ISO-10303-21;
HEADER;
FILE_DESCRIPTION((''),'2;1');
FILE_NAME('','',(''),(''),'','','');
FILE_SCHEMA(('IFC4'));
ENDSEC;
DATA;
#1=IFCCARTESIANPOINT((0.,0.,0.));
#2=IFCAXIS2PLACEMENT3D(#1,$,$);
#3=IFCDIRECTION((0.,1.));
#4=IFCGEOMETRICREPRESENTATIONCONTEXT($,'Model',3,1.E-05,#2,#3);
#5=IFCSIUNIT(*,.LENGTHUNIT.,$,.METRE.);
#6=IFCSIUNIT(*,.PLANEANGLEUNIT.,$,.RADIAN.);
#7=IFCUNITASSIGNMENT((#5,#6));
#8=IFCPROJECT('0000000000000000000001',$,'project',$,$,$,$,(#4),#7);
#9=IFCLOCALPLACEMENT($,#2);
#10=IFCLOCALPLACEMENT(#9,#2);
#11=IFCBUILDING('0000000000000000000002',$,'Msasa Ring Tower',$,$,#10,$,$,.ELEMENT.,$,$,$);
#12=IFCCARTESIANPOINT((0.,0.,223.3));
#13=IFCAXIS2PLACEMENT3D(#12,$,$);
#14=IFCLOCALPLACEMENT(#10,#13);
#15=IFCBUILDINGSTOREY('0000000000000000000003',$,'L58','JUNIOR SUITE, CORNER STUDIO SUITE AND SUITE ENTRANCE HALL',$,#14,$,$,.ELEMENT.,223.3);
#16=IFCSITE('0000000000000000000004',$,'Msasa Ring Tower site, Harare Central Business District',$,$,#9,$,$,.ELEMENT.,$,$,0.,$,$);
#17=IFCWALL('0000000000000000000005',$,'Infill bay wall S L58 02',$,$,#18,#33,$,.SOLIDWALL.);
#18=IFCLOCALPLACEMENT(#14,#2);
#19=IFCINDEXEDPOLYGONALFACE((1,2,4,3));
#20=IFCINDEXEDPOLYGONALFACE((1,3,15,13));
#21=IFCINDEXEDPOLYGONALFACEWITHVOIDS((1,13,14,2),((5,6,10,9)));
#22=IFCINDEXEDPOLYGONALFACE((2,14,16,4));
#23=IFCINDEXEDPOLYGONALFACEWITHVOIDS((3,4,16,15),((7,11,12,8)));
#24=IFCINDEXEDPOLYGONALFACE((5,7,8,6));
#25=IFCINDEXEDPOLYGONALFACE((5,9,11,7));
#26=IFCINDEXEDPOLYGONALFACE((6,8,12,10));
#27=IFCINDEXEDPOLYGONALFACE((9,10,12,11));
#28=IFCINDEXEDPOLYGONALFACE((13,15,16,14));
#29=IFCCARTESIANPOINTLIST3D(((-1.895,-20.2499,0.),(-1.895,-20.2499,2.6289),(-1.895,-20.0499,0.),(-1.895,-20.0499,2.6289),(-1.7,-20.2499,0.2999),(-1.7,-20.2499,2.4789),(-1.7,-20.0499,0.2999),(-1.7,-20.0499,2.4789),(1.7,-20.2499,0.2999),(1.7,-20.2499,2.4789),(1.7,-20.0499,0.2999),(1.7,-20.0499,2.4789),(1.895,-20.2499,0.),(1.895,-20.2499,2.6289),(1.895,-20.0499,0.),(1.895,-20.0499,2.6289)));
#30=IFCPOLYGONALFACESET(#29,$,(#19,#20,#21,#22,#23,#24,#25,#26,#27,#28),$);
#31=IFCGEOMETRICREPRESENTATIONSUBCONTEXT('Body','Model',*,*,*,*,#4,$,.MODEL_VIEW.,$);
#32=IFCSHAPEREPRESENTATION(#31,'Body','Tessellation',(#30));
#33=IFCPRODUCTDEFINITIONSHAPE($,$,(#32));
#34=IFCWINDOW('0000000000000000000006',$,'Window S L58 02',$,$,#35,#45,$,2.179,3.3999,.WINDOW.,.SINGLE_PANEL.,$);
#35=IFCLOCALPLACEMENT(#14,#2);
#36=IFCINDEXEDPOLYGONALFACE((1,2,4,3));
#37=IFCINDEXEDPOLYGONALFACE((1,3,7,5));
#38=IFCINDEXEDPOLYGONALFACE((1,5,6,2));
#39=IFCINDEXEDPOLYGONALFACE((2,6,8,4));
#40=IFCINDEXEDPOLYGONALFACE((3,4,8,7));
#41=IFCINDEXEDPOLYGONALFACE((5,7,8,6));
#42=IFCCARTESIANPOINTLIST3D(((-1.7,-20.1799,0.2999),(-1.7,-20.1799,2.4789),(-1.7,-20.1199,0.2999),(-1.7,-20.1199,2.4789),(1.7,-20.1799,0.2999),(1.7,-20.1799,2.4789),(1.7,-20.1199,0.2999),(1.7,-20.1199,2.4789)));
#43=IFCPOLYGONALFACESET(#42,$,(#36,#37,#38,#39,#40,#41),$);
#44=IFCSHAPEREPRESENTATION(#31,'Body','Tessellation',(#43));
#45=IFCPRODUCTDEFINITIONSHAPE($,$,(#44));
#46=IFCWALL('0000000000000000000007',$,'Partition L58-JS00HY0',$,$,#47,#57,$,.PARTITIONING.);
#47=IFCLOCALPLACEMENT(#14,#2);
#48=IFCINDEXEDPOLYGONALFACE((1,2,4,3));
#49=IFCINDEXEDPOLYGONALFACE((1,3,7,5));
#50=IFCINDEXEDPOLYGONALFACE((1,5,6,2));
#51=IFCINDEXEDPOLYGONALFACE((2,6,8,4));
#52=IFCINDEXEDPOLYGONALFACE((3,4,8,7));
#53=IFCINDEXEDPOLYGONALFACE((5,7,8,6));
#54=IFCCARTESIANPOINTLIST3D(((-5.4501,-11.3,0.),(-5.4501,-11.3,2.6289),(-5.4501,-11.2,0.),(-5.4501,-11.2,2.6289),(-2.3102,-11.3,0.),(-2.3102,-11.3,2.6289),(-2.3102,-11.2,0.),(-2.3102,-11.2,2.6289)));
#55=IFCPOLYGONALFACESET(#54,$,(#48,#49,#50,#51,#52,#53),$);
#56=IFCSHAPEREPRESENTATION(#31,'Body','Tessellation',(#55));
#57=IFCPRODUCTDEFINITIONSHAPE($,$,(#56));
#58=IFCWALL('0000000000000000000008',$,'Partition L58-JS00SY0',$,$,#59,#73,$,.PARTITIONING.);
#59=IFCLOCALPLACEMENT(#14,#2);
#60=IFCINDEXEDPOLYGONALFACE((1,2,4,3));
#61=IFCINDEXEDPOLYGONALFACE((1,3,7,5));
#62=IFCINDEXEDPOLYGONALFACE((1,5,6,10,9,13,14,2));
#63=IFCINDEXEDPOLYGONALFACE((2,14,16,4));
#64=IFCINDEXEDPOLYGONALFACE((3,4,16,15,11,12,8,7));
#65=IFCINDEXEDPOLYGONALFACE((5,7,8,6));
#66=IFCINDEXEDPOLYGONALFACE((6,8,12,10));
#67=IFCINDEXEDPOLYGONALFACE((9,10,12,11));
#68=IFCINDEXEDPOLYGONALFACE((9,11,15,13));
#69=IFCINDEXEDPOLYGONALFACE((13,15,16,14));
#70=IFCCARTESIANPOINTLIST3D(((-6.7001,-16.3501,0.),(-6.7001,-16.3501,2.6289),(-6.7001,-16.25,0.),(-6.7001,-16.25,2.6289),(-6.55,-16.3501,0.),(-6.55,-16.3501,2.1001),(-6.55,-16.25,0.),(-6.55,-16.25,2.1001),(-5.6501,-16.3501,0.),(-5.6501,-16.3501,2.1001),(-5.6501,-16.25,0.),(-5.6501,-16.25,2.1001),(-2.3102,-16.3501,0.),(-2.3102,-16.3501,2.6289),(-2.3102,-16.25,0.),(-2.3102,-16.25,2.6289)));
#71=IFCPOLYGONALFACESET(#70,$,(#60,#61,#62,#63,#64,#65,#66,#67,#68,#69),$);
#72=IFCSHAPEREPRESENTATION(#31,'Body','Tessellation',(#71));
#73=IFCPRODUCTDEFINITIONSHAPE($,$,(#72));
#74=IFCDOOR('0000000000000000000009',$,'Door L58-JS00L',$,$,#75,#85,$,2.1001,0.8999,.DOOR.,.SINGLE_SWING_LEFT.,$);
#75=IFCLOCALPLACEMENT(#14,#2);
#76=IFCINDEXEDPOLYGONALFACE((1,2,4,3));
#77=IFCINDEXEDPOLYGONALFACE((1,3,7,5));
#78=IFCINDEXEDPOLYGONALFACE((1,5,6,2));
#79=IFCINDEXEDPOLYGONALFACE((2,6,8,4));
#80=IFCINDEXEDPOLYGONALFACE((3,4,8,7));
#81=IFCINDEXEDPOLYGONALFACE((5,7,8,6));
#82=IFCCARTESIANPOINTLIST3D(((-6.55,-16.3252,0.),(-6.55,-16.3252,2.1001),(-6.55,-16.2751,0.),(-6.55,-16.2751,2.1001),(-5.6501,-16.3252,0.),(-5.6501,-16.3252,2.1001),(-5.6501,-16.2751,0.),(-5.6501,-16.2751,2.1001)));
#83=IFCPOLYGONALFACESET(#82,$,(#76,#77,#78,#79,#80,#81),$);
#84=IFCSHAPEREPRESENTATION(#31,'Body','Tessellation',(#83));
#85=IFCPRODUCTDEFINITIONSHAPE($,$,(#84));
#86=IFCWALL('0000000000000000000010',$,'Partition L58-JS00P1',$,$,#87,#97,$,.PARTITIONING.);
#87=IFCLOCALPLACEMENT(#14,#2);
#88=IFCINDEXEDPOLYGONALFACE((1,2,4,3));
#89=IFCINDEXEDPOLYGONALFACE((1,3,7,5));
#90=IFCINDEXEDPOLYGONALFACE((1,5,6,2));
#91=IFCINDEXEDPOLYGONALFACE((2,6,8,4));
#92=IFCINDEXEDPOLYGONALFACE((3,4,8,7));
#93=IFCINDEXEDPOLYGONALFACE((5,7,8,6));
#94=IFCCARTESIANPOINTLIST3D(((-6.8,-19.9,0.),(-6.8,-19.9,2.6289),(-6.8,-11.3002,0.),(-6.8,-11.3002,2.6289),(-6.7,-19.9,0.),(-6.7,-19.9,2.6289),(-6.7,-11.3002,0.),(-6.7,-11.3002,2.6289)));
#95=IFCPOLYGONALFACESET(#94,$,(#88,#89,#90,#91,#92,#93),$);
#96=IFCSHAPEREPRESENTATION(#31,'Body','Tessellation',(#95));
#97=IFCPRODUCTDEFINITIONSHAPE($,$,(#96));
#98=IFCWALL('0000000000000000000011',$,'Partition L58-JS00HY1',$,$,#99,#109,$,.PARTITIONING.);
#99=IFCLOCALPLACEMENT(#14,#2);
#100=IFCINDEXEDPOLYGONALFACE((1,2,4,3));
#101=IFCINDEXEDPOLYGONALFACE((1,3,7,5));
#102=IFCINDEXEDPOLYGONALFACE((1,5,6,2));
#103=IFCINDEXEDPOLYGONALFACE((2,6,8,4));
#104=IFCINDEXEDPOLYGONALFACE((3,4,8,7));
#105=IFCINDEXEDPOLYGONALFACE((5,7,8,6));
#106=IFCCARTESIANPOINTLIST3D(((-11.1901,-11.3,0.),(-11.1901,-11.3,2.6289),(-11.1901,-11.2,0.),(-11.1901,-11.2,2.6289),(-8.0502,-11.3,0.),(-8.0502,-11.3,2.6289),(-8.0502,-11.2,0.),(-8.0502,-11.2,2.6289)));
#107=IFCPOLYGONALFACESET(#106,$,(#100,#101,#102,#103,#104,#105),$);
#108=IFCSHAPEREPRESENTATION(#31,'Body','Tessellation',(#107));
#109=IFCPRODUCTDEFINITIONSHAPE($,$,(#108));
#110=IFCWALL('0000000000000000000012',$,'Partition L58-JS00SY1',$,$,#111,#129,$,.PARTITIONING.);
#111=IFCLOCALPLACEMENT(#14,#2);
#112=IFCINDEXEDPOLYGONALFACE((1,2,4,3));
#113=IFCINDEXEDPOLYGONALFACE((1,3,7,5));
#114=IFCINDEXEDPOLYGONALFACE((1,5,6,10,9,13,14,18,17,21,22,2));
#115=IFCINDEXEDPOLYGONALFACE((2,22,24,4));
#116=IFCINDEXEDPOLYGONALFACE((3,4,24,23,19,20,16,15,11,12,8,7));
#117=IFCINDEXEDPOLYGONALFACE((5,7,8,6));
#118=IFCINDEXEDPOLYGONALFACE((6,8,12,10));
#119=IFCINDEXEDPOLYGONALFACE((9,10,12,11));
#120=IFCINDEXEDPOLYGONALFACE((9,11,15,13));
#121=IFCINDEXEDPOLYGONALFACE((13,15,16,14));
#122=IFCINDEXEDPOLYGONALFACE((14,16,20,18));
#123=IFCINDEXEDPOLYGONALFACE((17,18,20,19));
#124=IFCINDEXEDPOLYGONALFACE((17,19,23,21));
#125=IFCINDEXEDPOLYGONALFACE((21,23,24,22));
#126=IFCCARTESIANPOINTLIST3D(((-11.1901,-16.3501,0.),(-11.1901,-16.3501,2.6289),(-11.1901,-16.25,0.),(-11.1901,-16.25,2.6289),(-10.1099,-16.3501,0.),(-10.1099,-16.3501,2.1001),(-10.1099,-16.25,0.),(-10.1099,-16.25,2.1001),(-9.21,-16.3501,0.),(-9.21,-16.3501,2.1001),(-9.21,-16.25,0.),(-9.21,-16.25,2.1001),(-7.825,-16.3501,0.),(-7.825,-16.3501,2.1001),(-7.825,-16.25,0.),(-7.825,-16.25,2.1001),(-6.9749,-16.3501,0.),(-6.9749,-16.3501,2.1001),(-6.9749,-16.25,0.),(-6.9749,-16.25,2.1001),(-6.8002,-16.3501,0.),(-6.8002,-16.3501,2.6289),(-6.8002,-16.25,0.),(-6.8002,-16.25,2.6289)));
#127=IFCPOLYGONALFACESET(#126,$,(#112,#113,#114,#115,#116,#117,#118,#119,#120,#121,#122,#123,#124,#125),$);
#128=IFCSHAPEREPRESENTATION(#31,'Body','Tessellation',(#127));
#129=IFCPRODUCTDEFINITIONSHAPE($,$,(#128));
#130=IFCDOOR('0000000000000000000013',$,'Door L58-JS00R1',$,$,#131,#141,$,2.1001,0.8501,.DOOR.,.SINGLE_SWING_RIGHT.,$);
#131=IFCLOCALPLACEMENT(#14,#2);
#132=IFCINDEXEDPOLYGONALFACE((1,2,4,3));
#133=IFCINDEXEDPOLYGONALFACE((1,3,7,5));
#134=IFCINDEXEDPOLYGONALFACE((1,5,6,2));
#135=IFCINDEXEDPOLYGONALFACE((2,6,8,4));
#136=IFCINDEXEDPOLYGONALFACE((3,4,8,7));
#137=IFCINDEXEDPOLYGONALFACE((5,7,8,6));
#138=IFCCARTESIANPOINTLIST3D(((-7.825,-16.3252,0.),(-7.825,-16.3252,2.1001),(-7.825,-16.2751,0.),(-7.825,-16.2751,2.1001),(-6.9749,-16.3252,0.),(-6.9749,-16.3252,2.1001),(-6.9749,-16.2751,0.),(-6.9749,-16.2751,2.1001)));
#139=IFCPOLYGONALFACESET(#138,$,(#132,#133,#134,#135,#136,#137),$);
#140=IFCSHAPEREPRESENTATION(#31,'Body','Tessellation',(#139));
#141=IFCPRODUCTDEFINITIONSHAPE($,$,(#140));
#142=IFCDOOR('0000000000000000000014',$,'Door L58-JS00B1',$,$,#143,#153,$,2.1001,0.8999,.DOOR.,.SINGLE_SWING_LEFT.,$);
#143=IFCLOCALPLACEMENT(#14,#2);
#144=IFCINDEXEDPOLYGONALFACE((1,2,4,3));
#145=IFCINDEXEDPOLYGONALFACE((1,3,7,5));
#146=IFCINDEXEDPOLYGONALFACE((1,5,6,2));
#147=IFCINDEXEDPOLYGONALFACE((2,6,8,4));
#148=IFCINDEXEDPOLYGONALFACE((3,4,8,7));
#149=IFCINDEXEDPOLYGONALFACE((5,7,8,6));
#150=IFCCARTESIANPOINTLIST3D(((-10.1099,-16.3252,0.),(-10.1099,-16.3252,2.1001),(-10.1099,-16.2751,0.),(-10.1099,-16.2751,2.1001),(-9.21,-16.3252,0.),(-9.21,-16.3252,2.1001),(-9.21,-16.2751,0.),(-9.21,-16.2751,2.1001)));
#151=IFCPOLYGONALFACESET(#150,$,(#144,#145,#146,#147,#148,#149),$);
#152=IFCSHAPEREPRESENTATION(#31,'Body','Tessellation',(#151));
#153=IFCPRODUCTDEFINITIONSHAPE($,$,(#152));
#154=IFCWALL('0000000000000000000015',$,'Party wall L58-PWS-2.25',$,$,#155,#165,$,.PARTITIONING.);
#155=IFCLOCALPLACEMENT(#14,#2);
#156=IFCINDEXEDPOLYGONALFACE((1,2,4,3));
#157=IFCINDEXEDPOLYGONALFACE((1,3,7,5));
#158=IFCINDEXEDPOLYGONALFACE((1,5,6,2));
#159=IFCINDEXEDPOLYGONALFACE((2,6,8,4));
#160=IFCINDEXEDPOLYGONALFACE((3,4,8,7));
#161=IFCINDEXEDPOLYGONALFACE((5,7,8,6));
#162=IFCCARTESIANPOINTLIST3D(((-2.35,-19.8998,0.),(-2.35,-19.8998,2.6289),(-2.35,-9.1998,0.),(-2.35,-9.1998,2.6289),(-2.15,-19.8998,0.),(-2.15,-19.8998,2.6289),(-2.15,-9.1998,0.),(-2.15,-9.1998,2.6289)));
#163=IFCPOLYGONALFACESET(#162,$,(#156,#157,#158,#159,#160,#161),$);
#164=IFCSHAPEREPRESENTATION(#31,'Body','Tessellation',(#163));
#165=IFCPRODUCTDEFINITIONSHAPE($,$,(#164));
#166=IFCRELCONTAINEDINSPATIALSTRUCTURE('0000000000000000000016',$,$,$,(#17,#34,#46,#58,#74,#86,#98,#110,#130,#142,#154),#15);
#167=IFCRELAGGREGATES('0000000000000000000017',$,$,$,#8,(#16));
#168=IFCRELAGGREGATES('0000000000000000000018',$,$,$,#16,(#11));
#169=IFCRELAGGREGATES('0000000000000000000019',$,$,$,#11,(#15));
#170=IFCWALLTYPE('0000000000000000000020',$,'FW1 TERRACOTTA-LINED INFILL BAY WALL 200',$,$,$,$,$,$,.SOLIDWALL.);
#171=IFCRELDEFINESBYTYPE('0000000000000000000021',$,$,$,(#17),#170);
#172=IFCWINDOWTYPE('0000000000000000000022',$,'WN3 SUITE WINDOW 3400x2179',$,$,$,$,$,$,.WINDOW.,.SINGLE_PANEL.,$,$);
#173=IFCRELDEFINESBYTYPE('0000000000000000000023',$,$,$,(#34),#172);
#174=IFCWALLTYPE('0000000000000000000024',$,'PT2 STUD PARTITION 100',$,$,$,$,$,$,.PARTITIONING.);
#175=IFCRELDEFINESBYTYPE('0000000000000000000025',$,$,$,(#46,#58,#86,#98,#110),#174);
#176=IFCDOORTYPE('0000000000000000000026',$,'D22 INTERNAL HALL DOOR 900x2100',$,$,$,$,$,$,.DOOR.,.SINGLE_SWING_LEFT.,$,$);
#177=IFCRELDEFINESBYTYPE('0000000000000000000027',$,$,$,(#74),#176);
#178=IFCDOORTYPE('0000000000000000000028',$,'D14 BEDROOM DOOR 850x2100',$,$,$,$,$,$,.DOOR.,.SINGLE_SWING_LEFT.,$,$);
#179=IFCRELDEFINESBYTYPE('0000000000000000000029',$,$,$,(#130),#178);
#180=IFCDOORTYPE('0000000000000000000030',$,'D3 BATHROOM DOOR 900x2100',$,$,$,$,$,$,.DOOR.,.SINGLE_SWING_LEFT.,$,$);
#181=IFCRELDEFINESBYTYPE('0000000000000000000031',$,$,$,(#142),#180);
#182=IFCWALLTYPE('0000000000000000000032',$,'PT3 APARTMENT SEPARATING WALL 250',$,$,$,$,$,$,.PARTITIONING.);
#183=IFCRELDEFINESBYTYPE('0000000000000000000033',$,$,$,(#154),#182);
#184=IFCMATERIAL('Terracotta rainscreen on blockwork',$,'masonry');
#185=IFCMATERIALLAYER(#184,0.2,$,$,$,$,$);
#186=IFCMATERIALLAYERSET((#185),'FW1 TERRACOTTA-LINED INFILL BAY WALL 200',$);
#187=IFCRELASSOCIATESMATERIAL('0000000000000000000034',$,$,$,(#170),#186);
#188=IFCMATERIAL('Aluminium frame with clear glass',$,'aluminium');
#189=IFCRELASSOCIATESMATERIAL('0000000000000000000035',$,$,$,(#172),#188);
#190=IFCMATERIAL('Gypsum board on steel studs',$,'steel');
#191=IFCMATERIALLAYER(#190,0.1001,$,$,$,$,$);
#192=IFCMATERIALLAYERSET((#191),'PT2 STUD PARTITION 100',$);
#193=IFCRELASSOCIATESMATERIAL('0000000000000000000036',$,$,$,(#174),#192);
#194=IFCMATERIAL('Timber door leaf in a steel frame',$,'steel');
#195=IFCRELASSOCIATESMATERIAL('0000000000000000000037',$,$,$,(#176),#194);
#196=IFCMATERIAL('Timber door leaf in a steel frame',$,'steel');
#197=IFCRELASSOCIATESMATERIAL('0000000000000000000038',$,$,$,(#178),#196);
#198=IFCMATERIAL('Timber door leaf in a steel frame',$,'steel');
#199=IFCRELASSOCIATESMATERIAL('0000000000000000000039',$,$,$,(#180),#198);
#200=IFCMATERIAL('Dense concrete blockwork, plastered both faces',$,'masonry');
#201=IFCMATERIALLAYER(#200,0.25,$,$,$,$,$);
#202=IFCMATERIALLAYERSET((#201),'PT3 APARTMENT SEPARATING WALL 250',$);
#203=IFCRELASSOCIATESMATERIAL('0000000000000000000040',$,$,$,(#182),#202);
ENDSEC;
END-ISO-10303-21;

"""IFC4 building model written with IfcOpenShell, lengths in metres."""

from ifc_helpers import new_model, si_unit, direction, frame, frame_2d, origin, place, context, subcontext, project, spatial, rectangle, extrude, material, layer, layer_set, type_object, element, fill, save


model = new_model("IFC4")

# Units and contexts
model_context = context("Model", 3, precision=1e-05, world=origin(), true_north=direction((0.0, 1.0)))
body_context = subcontext(model_context, "Body", "Model", "MODEL_VIEW")
ifc_project = project(units=[si_unit("LENGTHUNIT", "METRE"), si_unit("PLANEANGLEUNIT", "RADIAN")], contexts=[model_context])

# Site, building, storey
site_placement = place(None, origin())
site = spatial("IfcSite", under=ifc_project, at=site_placement, Name="Msasa Ring Tower site, Harare Central Business District", CompositionType="ELEMENT", RefElevation=0.0)
building_placement = place(site_placement, origin())
building = spatial("IfcBuilding", under=site, at=building_placement, Name="Msasa Ring Tower", CompositionType="ELEMENT")
storey_placement = place(building_placement, frame((0.0, 0.0, 223.3)))
storey = spatial("IfcBuildingStorey", under=building, at=storey_placement, Name="L58", Description="JUNIOR SUITE, CORNER STUDIO SUITE AND SUITE ENTRANCE HALL", CompositionType="ELEMENT", Elevation=223.3)

# Wall, opening, window
ifc_material_1 = material(Name="Terracotta rainscreen on blockwork", Category="masonry")
ifc_layer_1 = layer(ifc_material_1, 0.2)
ifc_layer_set_1 = layer_set([ifc_layer_1], Name="FW1 TERRACOTTA-LINED INFILL BAY WALL 200")
wall_type_1 = type_object("IfcWallType", Name="FW1 TERRACOTTA-LINED INFILL BAY WALL 200", PredefinedType="SOLIDWALL", material=ifc_layer_set_1)
ifc_material_2 = material(Name="Aluminium frame with clear glass", Category="aluminium")
window_type = type_object("IfcWindowType", Name="WN3 SUITE WINDOW 3400x2179", PartitioningType="SINGLE_PANEL", PredefinedType="WINDOW", material=ifc_material_2)
wall_1_placement = place(storey_placement, frame((-1.895, -20.1499, 0.0), z_axis=(0.0, 0.0, 1.0), x_axis=(1.0, 0.0, 0.0)))
wall_1 = element("IfcWall", 1, at=wall_1_placement, inside=storey, type_object=wall_type_1, Name="Infill bay wall S L58 02", PredefinedType="SOLIDWALL", context=body_context, shape_type="SweptSolid", body=[
    extrude(rectangle(XDim=3.79, YDim=0.2, at=frame_2d((1.895, 0.0))), origin(), (0.0, 0.0, 1.0), 2.6289),
])
opening_1_placement = place(wall_1_placement, frame((0.1951, 0.0, 0.3)))
opening_1 = element("IfcOpeningElement", 2, at=opening_1_placement, cuts=wall_1, PredefinedType="OPENING", context=body_context, shape_type="SweptSolid", body=[
    extrude(rectangle(XDim=3.3999, YDim=2.179, at=frame_2d((1.7, 1.0894))), frame((0.0, 0.1099, 0.0), z_axis=(0.0, -1.0, 0.0), x_axis=(1.0, 0.0, 0.0)), (0.0, 0.0, 1.0), 0.22),
])
window_1_placement = place(opening_1_placement, origin())
window_1 = element("IfcWindow", 3, at=window_1_placement, inside=storey, type_object=window_type, Name="Window S L58 02", OverallHeight=2.179, OverallWidth=3.3999, PartitioningType="SINGLE_PANEL", PredefinedType="WINDOW", context=body_context, shape_type="SweptSolid", body=[
    extrude(rectangle(XDim=3.3999, YDim=2.179, at=frame_2d((1.7, 1.0894))), frame((0.0, 0.03, 0.0), z_axis=(0.0, -1.0, 0.0), x_axis=(1.0, 0.0, 0.0)), (0.0, 0.0, 1.0), 0.0601),
])
fill(opening_1, window_1)

# Wall
ifc_material_3 = material(Name="Gypsum board on steel studs", Category="steel")
ifc_layer_2 = layer(ifc_material_3, 0.1001)
ifc_layer_set_2 = layer_set([ifc_layer_2], Name="PT2 STUD PARTITION 100")
wall_type_2 = type_object("IfcWallType", Name="PT2 STUD PARTITION 100", PredefinedType="PARTITIONING", material=ifc_layer_set_2)
wall_2_placement = place(storey_placement, frame((-5.45, -11.25, 0.0), z_axis=(0.0, 0.0, 1.0), x_axis=(1.0, 0.0, 0.0)))
element("IfcWall", 4, at=wall_2_placement, inside=storey, type_object=wall_type_2, Name="Partition L58-JS00HY0", PredefinedType="PARTITIONING", context=body_context, shape_type="SweptSolid", body=[
    extrude(rectangle(XDim=3.1399, YDim=0.1001, at=frame_2d((1.5698, 0.0))), origin(), (0.0, 0.0, 1.0), 2.6289),
])

# Wall, opening, door
wall_3_placement = place(storey_placement, frame((-6.7, -16.3, 0.0), z_axis=(0.0, 0.0, 1.0), x_axis=(1.0, 0.0, 0.0)))
wall_3 = element("IfcWall", 5, at=wall_3_placement, inside=storey, type_object=wall_type_2, Name="Partition L58-JS00SY0", PredefinedType="PARTITIONING", context=body_context, shape_type="SweptSolid", body=[
    extrude(rectangle(XDim=4.3899, YDim=0.1001, at=frame_2d((2.1948, 0.0))), origin(), (0.0, 0.0, 1.0), 2.6289),
])
opening_2_placement = place(wall_3_placement, frame((0.1499, 0.0, 0.0)))
opening_2 = element("IfcOpeningElement", 6, at=opening_2_placement, cuts=wall_3, PredefinedType="OPENING", context=body_context, shape_type="SweptSolid", body=[
    extrude(rectangle(XDim=0.8999, YDim=2.1001, at=frame_2d((0.45, 1.05))), frame((0.0, 0.0601, 0.0), z_axis=(0.0, -1.0, 0.0), x_axis=(1.0, 0.0, 0.0)), (0.0, 0.0, 1.0), 0.1201),
])
ifc_material_4 = material(Name="Timber door leaf in a steel frame", Category="steel")
door_type_1 = type_object("IfcDoorType", Name="D22 INTERNAL HALL DOOR 900x2100", OperationType="SINGLE_SWING_LEFT", PredefinedType="DOOR", material=ifc_material_4)
door_1_placement = place(opening_2_placement, origin())
door_1 = element("IfcDoor", 7, at=door_1_placement, inside=storey, type_object=door_type_1, Name="Door L58-JS00L", OperationType="SINGLE_SWING_LEFT", OverallHeight=2.1001, OverallWidth=0.8999, PredefinedType="DOOR", context=body_context, shape_type="SweptSolid", body=[
    extrude(rectangle(XDim=0.8999, YDim=2.1001, at=frame_2d((0.45, 1.05))), frame((0.0, 0.0249, 0.0), z_axis=(0.0, -1.0, 0.0), x_axis=(1.0, 0.0, 0.0)), (0.0, 0.0, 1.0), 0.05),
])
fill(opening_2, door_1)

# Walls
wall_4_placement = place(storey_placement, frame((-6.75, -19.8999, 0.0), z_axis=(0.0, 0.0, 1.0), x_axis=(0.0, 1.0, 0.0)))
element("IfcWall", 8, at=wall_4_placement, inside=storey, type_object=wall_type_2, Name="Partition L58-JS00P1", PredefinedType="PARTITIONING", context=body_context, shape_type="SweptSolid", body=[
    extrude(rectangle(XDim=8.5999, YDim=0.1001, at=frame_2d((4.2998, 0.0))), origin(), (0.0, 0.0, 1.0), 2.6289),
])
wall_5_placement = place(storey_placement, frame((-11.1899, -11.25, 0.0), z_axis=(0.0, 0.0, 1.0), x_axis=(1.0, 0.0, 0.0)))
element("IfcWall", 9, at=wall_5_placement, inside=storey, type_object=wall_type_2, Name="Partition L58-JS00HY1", PredefinedType="PARTITIONING", context=body_context, shape_type="SweptSolid", body=[
    extrude(rectangle(XDim=3.1399, YDim=0.1001, at=frame_2d((1.5698, 0.0))), origin(), (0.0, 0.0, 1.0), 2.6289),
])

# Wall, openings, doors
wall_6_placement = place(storey_placement, frame((-11.1899, -16.3, 0.0), z_axis=(0.0, 0.0, 1.0), x_axis=(1.0, 0.0, 0.0)))
wall_6 = element("IfcWall", 10, at=wall_6_placement, inside=storey, type_object=wall_type_2, Name="Partition L58-JS00SY1", PredefinedType="PARTITIONING", context=body_context, shape_type="SweptSolid", body=[
    extrude(rectangle(XDim=4.3899, YDim=0.1001, at=frame_2d((2.1948, 0.0))), origin(), (0.0, 0.0, 1.0), 2.6289),
])
opening_3_placement = place(wall_6_placement, frame((3.365, 0.0, 0.0)))
opening_3 = element("IfcOpeningElement", 11, at=opening_3_placement, cuts=wall_6, PredefinedType="OPENING", context=body_context, shape_type="SweptSolid", body=[
    extrude(rectangle(XDim=0.8501, YDim=2.1001, at=frame_2d((0.425, 1.05))), frame((0.0, 0.0601, 0.0), z_axis=(0.0, -1.0, 0.0), x_axis=(1.0, 0.0, 0.0)), (0.0, 0.0, 1.0), 0.1201),
])
opening_4_placement = place(wall_6_placement, frame((1.0801, 0.0, 0.0)))
opening_4 = element("IfcOpeningElement", 12, at=opening_4_placement, cuts=wall_6, PredefinedType="OPENING", context=body_context, shape_type="SweptSolid", body=[
    extrude(rectangle(XDim=0.8999, YDim=2.1001, at=frame_2d((0.45, 1.05))), frame((0.0, 0.0601, 0.0), z_axis=(0.0, -1.0, 0.0), x_axis=(1.0, 0.0, 0.0)), (0.0, 0.0, 1.0), 0.1201),
])
ifc_material_5 = material(Name="Timber door leaf in a steel frame", Category="steel")
door_type_2 = type_object("IfcDoorType", Name="D14 BEDROOM DOOR 850x2100", OperationType="SINGLE_SWING_LEFT", PredefinedType="DOOR", material=ifc_material_5)
door_2_placement = place(opening_3_placement, origin())
door_2 = element("IfcDoor", 13, at=door_2_placement, inside=storey, type_object=door_type_2, Name="Door L58-JS00R1", OperationType="SINGLE_SWING_RIGHT", OverallHeight=2.1001, OverallWidth=0.8501, PredefinedType="DOOR", context=body_context, shape_type="SweptSolid", body=[
    extrude(rectangle(XDim=0.8501, YDim=2.1001, at=frame_2d((0.425, 1.05))), frame((0.0, 0.0249, 0.0), z_axis=(0.0, -1.0, 0.0), x_axis=(1.0, 0.0, 0.0)), (0.0, 0.0, 1.0), 0.05),
])
fill(opening_3, door_2)
ifc_material_6 = material(Name="Timber door leaf in a steel frame", Category="steel")
door_type_3 = type_object("IfcDoorType", Name="D3 BATHROOM DOOR 900x2100", OperationType="SINGLE_SWING_LEFT", PredefinedType="DOOR", material=ifc_material_6)
door_3_placement = place(opening_4_placement, origin())
door_3 = element("IfcDoor", 14, at=door_3_placement, inside=storey, type_object=door_type_3, Name="Door L58-JS00B1", OperationType="SINGLE_SWING_LEFT", OverallHeight=2.1001, OverallWidth=0.8999, PredefinedType="DOOR", context=body_context, shape_type="SweptSolid", body=[
    extrude(rectangle(XDim=0.8999, YDim=2.1001, at=frame_2d((0.45, 1.05))), frame((0.0, 0.0249, 0.0), z_axis=(0.0, -1.0, 0.0), x_axis=(1.0, 0.0, 0.0)), (0.0, 0.0, 1.0), 0.05),
])
fill(opening_4, door_3)

# Wall
ifc_material_7 = material(Name="Dense concrete blockwork, plastered both faces", Category="masonry")
ifc_layer_3 = layer(ifc_material_7, 0.25)
ifc_layer_set_3 = layer_set([ifc_layer_3], Name="PT3 APARTMENT SEPARATING WALL 250")
wall_type_3 = type_object("IfcWallType", Name="PT3 APARTMENT SEPARATING WALL 250", PredefinedType="PARTITIONING", material=ifc_layer_set_3)
wall_7_placement = place(storey_placement, frame((-2.25, -19.8999, 0.0), z_axis=(0.0, 0.0, 1.0), x_axis=(0.0, 1.0, 0.0)))
element("IfcWall", 15, at=wall_7_placement, inside=storey, type_object=wall_type_3, Name="Party wall L58-PWS-2.25", PredefinedType="PARTITIONING", context=body_context, shape_type="SweptSolid", body=[
    extrude(rectangle(XDim=10.7, YDim=0.2, at=frame_2d((5.3501, 0.0))), origin(), (0.0, 0.0, 1.0), 2.6289),
])

save(model, "model.ifc")
